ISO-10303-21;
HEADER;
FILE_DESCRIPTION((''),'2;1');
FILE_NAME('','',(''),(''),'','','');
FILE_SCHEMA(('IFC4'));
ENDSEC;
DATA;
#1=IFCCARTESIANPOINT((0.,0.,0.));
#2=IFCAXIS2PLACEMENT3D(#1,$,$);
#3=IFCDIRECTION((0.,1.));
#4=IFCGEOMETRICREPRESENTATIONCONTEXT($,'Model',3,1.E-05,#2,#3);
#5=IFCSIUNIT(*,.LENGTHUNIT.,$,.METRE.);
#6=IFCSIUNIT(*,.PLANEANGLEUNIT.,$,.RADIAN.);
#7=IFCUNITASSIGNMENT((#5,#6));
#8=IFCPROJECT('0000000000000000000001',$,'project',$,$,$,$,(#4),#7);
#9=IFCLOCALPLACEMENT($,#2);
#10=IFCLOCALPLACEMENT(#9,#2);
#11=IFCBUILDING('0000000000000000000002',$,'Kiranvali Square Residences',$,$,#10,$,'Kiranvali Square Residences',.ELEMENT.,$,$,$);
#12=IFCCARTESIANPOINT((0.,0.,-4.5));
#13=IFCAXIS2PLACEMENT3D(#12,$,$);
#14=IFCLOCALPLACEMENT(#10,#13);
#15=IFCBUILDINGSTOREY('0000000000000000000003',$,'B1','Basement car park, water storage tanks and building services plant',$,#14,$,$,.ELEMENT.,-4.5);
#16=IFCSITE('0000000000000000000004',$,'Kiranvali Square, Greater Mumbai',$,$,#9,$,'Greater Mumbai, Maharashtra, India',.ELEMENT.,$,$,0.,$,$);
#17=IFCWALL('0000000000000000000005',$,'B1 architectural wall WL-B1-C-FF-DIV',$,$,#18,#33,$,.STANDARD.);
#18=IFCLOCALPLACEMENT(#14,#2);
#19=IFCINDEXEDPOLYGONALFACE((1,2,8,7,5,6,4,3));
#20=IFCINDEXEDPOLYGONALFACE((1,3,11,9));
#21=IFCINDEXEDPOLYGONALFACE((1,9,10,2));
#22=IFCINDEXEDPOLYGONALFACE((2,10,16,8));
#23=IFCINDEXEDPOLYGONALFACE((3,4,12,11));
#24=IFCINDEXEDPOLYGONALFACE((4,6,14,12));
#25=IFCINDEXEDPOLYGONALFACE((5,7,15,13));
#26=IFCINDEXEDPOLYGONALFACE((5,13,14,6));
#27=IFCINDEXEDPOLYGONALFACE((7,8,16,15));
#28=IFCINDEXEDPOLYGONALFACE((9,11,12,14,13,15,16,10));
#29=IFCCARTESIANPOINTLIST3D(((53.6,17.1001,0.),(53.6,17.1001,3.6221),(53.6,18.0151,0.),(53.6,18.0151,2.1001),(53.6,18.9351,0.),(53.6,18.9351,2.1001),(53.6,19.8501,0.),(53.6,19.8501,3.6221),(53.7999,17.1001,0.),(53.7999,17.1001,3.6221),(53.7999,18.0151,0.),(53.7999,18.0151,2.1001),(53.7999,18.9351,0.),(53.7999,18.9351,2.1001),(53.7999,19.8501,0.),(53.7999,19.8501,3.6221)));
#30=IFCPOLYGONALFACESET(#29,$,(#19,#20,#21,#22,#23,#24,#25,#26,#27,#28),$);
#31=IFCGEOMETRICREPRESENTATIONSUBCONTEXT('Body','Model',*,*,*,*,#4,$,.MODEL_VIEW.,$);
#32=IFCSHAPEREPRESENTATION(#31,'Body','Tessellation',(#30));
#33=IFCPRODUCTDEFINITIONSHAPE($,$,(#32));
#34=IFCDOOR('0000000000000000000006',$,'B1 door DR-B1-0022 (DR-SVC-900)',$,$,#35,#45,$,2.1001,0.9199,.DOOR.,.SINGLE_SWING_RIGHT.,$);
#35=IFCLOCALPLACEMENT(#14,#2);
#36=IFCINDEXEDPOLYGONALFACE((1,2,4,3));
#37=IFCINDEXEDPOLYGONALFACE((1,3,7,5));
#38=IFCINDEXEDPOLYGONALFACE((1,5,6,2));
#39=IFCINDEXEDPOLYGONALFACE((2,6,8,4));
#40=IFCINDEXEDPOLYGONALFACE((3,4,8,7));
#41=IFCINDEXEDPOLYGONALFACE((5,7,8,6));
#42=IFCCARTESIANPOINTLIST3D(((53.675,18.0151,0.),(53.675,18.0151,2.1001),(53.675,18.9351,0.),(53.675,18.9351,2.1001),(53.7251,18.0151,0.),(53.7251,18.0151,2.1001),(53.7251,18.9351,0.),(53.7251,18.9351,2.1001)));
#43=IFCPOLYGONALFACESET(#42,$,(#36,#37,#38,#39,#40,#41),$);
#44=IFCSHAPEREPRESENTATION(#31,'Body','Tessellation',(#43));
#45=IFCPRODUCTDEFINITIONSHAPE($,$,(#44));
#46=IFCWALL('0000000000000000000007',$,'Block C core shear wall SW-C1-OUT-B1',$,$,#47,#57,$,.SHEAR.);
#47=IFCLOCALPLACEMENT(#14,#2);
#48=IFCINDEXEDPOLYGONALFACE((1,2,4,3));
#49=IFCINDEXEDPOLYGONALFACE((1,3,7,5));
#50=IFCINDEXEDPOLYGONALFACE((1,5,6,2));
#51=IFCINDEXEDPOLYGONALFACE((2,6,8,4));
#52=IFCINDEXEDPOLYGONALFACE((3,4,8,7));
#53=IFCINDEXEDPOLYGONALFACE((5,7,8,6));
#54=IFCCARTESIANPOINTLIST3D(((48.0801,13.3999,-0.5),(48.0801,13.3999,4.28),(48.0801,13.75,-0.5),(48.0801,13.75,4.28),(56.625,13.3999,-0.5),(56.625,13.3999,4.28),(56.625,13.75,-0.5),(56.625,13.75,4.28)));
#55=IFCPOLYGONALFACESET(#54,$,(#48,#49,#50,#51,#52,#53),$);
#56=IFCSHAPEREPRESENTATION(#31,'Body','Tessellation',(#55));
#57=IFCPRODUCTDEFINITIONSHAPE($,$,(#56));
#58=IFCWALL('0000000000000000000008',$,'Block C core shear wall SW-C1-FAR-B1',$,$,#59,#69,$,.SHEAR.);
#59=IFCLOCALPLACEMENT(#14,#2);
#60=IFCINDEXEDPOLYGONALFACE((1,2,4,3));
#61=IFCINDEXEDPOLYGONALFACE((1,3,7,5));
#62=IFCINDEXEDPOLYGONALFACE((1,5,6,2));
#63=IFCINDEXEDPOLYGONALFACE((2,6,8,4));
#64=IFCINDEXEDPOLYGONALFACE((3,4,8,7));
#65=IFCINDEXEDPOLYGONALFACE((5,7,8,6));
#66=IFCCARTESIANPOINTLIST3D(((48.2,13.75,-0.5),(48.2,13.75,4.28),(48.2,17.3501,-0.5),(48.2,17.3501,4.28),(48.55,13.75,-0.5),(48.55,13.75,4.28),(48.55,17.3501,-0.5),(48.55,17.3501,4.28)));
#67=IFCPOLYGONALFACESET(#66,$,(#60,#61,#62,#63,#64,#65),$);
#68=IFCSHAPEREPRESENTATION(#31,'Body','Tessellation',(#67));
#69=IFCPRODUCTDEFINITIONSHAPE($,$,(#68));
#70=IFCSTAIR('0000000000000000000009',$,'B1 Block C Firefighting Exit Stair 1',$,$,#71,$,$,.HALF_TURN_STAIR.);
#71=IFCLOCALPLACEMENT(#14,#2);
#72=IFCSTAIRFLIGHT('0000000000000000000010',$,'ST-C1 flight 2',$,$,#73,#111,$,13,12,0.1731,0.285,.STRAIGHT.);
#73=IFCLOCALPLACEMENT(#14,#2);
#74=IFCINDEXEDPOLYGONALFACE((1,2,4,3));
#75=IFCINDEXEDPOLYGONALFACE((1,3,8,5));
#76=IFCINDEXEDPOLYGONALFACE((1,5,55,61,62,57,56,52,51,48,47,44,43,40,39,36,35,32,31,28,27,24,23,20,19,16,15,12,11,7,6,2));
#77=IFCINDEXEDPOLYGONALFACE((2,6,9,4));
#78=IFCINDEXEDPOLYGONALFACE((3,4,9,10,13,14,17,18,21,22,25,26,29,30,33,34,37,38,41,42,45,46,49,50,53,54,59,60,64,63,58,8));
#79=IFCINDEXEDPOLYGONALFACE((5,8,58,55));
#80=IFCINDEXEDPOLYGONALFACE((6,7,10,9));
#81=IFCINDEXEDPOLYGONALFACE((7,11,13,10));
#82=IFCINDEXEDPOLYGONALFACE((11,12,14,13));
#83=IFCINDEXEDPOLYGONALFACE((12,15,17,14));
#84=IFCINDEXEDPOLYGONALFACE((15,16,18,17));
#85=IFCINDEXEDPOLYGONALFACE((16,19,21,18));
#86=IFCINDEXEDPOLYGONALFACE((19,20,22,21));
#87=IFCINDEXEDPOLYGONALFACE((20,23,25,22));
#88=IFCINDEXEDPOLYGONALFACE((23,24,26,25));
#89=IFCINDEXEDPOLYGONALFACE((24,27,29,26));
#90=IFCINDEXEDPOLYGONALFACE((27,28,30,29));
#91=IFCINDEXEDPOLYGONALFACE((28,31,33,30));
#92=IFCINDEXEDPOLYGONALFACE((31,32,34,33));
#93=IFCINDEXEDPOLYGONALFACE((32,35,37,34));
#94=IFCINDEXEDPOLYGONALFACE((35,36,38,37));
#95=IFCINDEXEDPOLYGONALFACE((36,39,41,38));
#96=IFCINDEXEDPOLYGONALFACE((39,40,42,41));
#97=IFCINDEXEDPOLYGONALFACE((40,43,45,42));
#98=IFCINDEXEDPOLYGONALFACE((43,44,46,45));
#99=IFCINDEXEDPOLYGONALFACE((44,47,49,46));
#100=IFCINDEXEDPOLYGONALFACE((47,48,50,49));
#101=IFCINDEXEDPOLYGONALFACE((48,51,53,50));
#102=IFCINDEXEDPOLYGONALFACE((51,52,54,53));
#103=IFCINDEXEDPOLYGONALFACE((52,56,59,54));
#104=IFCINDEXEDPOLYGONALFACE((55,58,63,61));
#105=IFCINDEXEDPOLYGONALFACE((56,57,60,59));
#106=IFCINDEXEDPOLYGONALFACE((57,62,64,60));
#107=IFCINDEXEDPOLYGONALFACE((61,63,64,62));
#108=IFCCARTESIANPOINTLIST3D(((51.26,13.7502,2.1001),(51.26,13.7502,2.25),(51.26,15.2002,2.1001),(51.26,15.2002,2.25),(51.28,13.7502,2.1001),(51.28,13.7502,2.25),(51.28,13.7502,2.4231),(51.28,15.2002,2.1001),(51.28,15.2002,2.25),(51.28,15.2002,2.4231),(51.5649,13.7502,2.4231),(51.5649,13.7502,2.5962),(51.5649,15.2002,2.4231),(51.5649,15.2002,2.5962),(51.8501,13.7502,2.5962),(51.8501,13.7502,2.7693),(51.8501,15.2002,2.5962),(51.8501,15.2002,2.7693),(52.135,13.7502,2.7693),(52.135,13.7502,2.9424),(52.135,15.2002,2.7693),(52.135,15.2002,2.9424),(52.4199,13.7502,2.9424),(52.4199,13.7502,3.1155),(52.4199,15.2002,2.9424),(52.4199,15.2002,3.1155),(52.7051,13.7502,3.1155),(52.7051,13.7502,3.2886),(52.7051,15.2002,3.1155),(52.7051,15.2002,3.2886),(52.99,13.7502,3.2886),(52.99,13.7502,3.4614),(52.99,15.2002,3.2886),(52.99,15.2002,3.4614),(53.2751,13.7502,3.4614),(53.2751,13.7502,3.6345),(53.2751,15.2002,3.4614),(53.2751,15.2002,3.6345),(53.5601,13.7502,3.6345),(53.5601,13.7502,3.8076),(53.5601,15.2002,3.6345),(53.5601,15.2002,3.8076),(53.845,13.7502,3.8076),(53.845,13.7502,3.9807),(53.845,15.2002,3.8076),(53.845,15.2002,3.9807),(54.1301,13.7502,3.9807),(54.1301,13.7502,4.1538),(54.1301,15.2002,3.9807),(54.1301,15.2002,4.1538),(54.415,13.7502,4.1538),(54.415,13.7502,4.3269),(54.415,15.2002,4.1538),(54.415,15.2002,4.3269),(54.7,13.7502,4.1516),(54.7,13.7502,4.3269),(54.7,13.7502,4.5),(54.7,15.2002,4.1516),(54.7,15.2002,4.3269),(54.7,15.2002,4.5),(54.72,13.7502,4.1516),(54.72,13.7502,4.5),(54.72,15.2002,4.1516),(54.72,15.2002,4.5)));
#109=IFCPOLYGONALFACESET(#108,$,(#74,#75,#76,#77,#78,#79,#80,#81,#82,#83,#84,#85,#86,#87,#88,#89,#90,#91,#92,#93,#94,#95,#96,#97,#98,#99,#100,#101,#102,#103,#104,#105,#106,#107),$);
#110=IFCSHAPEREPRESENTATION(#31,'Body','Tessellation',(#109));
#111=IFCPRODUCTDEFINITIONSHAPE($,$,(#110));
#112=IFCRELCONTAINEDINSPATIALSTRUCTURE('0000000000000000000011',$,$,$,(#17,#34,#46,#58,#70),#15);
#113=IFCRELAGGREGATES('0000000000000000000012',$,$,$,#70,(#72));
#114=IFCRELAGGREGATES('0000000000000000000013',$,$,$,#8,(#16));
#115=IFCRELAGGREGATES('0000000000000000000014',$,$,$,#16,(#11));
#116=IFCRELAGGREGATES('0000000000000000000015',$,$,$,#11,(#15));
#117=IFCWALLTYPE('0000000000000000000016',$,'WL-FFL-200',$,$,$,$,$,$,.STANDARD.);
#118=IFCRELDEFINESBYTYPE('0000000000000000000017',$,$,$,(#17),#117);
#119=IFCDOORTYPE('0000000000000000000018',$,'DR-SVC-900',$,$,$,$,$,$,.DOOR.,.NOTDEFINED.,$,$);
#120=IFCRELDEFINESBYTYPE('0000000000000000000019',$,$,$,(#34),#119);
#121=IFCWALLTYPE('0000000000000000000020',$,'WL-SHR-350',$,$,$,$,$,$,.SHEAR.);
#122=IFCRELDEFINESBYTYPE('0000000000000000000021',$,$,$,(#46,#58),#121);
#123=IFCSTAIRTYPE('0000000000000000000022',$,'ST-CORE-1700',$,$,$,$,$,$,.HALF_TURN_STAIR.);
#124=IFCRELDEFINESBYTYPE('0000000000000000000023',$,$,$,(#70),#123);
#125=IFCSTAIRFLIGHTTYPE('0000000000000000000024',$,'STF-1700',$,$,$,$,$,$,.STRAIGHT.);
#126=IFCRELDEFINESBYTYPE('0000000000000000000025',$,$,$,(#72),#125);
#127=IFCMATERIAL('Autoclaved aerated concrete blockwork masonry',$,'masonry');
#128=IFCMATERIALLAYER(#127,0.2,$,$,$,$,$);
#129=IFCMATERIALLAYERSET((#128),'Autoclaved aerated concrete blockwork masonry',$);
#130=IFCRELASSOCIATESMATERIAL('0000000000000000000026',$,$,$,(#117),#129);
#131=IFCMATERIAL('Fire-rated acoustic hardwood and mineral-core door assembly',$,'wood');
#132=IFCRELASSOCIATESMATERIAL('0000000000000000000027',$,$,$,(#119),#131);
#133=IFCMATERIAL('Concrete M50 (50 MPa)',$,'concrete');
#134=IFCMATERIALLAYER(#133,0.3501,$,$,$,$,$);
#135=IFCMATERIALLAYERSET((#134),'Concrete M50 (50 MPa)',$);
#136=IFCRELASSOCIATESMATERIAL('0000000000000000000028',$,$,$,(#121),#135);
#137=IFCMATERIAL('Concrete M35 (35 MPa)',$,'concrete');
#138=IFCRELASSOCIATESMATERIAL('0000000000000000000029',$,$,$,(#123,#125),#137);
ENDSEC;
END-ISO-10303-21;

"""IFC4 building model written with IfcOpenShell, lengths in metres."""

from ifc_helpers import new_model, si_unit, direction, frame, frame_2d, origin, place, context, subcontext, project, spatial, polyline, rectangle, outline, extrude, material, layer, layer_set, type_object, element, fill, aggregate, save


model = new_model("IFC4")

# Units and contexts
model_context = context("Model", 3, precision=1e-05, world=origin(), true_north=direction((0.0, 1.0)))
body_context = subcontext(model_context, "Body", "Model", "MODEL_VIEW")
ifc_project = project(units=[si_unit("LENGTHUNIT", "METRE"), si_unit("PLANEANGLEUNIT", "RADIAN")], contexts=[model_context])

# Site, building, storey
site_placement = place(None, origin())
site = spatial("IfcSite", under=ifc_project, at=site_placement, Name="Kiranvali Square, Greater Mumbai", LongName="Greater Mumbai, Maharashtra, India", CompositionType="ELEMENT", RefElevation=0.0)
building_placement = place(site_placement, origin())
building = spatial("IfcBuilding", under=site, at=building_placement, Name="Kiranvali Square Residences", LongName="Kiranvali Square Residences", CompositionType="ELEMENT")
storey_placement = place(building_placement, frame((0.0, 0.0, -4.5)))
storey = spatial("IfcBuildingStorey", under=building, at=storey_placement, Name="B1", Description="Basement car park, water storage tanks and building services plant", CompositionType="ELEMENT", Elevation=-4.5)

# Wall, opening, door
ifc_material_1 = material(Name="Autoclaved aerated concrete blockwork masonry", Category="masonry")
ifc_layer_1 = layer(ifc_material_1, 0.2)
ifc_layer_set_1 = layer_set([ifc_layer_1], Name="Autoclaved aerated concrete blockwork masonry")
wall_type_1 = type_object("IfcWallType", Name="WL-FFL-200", PredefinedType="STANDARD", material=ifc_layer_set_1)
ifc_material_2 = material(Name="Fire-rated acoustic hardwood and mineral-core door assembly", Category="wood")
wall_1_placement = place(storey_placement, frame((53.7, 19.8501, 0.0), z_axis=(0.0, 0.0, 1.0), x_axis=(0.0, -1.0, 0.0)))
wall_1 = element("IfcWall", 1, at=wall_1_placement, inside=storey, type_object=wall_type_1, Name="B1 architectural wall WL-B1-C-FF-DIV", PredefinedType="STANDARD", context=body_context, shape_type="SweptSolid", body=[
    extrude(rectangle(XDim=2.75, YDim=0.2, at=frame_2d((1.375, 0.0))), origin(), (0.0, 0.0, 1.0), 3.6221),
])
opening_1_placement = place(wall_1_placement, frame((0.915, 0.0, 0.0)))
opening_1 = element("IfcOpeningElement", 2, at=opening_1_placement, cuts=wall_1, PredefinedType="OPENING", context=body_context, shape_type="SweptSolid", body=[
    extrude(rectangle(XDim=0.9199, YDim=2.1001, at=frame_2d((0.46, 1.05))), frame((0.0, 0.1099, 0.0), z_axis=(0.0, -1.0, 0.0), x_axis=(1.0, 0.0, 0.0)), (0.0, 0.0, 1.0), 0.22),
])
door_type_1 = type_object("IfcDoorType", Name="DR-SVC-900", OperationType="NOTDEFINED", PredefinedType="DOOR", material=ifc_material_2)
door_1_placement = place(opening_1_placement, frame((0.9199, 0.0, 0.0), z_axis=(0.0, 0.0, 1.0), x_axis=(-1.0, 0.0, 0.0)))
door_1 = element("IfcDoor", 3, at=door_1_placement, inside=storey, type_object=door_type_1, Name="B1 door DR-B1-0022 (DR-SVC-900)", OperationType="SINGLE_SWING_RIGHT", OverallHeight=2.1001, OverallWidth=0.9199, PredefinedType="DOOR", context=body_context, shape_type="SweptSolid", body=[
    extrude(rectangle(XDim=0.9199, YDim=2.1001, at=frame_2d((0.46, 1.05))), frame((0.0, 0.0249, 0.0), z_axis=(0.0, -1.0, 0.0), x_axis=(1.0, 0.0, 0.0)), (0.0, 0.0, 1.0), 0.05),
])
fill(opening_1, door_1)

# Wall
ifc_material_3 = material(Name="Concrete M50 (50 MPa)", Category="concrete")
ifc_layer_2 = layer(ifc_material_3, 0.3501)
ifc_layer_set_2 = layer_set([ifc_layer_2], Name="Concrete M50 (50 MPa)")
wall_type_2 = type_object("IfcWallType", Name="WL-SHR-350", PredefinedType="SHEAR", material=ifc_layer_set_2)
wall_2_placement = place(storey_placement, frame((48.0801, 13.575, -0.5), z_axis=(0.0, 0.0, 1.0), x_axis=(1.0, 0.0, 0.0)))
element("IfcWall", 4, at=wall_2_placement, inside=storey, type_object=wall_type_2, Name="Block C core shear wall SW-C1-OUT-B1", PredefinedType="SHEAR", context=body_context, shape_type="SweptSolid", body=[
    extrude(rectangle(XDim=8.5449, YDim=0.3501, at=frame_2d((4.2725, 0.0))), origin(), (0.0, 0.0, 1.0), 4.78),
])

# Wall
wall_3_placement = place(storey_placement, frame((48.375, 17.3501, -0.5), z_axis=(0.0, 0.0, 1.0), x_axis=(0.0, -1.0, 0.0)))
element("IfcWall", 5, at=wall_3_placement, inside=storey, type_object=wall_type_2, Name="Block C core shear wall SW-C1-FAR-B1", PredefinedType="SHEAR", context=body_context, shape_type="SweptSolid", body=[
    extrude(rectangle(XDim=3.6001, YDim=0.3501, at=frame_2d((1.8, 0.0))), origin(), (0.0, 0.0, 1.0), 4.78),
])

# Stair, stair flight
ifc_material_4 = material(Name="Concrete M35 (35 MPa)", Category="concrete")
stair_type = type_object("IfcStairType", Name="ST-CORE-1700", PredefinedType="HALF_TURN_STAIR", material=ifc_material_4)
stair_placement = place(storey_placement, origin())
stair = element("IfcStair", 6, at=stair_placement, inside=storey, type_object=stair_type, Name="B1 Block C Firefighting Exit Stair 1", PredefinedType="HALF_TURN_STAIR")
stair_flight_type = type_object("IfcStairFlightType", Name="STF-1700", PredefinedType="STRAIGHT", material=ifc_material_4)
stair_flight_placement = place(storey_placement, frame((51.28, 14.4751, 2.25), z_axis=(0.0, 0.0, 1.0), x_axis=(1.0, 0.0, 0.0)))
stair_flight = element("IfcStairFlight", 7, at=stair_flight_placement, type_object=stair_flight_type, Name="ST-C1 flight 2", NumberOfRisers=13, NumberOfTreads=12, PredefinedType="STRAIGHT", RiserHeight=0.1731, TreadLength=0.285, context=body_context, shape_type="SweptSolid", body=[
    extrude(outline(polyline([(-0.02, -0.1499), (-0.02, 0.0), (0.0, 0.0), (0.0, 0.1731), (0.2849, 0.1731), (0.2849, 0.3462), (0.5701, 0.3462), (0.5701, 0.5193), (0.855, 0.5193), (0.855, 0.6924), (1.1399, 0.6924), (1.1399, 0.8655), (1.425, 0.8655), (1.425, 1.0386), (1.71, 1.0386), (1.71, 1.2114), (1.9951, 1.2114), (1.9951, 1.3845), (2.28, 1.3845), (2.28, 1.5576), (2.5649, 1.5576), (2.5649, 1.7307), (2.8501, 1.7307), (2.8501, 1.9038), (3.135, 1.9038), (3.135, 2.0769), (3.4199, 2.0769), (3.4199, 2.25), (3.4399, 2.25), (3.4399, 1.9016), (3.4199, 1.9016), (0.0, -0.1499), (-0.02, -0.1499)])), frame((0.0, 0.7251, 0.0), z_axis=(0.0, -1.0, 0.0), x_axis=(1.0, 0.0, 0.0)), (0.0, 0.0, 1.0), 1.45),
])
aggregate(stair, [stair_flight])

save(model, "model.ifc")
